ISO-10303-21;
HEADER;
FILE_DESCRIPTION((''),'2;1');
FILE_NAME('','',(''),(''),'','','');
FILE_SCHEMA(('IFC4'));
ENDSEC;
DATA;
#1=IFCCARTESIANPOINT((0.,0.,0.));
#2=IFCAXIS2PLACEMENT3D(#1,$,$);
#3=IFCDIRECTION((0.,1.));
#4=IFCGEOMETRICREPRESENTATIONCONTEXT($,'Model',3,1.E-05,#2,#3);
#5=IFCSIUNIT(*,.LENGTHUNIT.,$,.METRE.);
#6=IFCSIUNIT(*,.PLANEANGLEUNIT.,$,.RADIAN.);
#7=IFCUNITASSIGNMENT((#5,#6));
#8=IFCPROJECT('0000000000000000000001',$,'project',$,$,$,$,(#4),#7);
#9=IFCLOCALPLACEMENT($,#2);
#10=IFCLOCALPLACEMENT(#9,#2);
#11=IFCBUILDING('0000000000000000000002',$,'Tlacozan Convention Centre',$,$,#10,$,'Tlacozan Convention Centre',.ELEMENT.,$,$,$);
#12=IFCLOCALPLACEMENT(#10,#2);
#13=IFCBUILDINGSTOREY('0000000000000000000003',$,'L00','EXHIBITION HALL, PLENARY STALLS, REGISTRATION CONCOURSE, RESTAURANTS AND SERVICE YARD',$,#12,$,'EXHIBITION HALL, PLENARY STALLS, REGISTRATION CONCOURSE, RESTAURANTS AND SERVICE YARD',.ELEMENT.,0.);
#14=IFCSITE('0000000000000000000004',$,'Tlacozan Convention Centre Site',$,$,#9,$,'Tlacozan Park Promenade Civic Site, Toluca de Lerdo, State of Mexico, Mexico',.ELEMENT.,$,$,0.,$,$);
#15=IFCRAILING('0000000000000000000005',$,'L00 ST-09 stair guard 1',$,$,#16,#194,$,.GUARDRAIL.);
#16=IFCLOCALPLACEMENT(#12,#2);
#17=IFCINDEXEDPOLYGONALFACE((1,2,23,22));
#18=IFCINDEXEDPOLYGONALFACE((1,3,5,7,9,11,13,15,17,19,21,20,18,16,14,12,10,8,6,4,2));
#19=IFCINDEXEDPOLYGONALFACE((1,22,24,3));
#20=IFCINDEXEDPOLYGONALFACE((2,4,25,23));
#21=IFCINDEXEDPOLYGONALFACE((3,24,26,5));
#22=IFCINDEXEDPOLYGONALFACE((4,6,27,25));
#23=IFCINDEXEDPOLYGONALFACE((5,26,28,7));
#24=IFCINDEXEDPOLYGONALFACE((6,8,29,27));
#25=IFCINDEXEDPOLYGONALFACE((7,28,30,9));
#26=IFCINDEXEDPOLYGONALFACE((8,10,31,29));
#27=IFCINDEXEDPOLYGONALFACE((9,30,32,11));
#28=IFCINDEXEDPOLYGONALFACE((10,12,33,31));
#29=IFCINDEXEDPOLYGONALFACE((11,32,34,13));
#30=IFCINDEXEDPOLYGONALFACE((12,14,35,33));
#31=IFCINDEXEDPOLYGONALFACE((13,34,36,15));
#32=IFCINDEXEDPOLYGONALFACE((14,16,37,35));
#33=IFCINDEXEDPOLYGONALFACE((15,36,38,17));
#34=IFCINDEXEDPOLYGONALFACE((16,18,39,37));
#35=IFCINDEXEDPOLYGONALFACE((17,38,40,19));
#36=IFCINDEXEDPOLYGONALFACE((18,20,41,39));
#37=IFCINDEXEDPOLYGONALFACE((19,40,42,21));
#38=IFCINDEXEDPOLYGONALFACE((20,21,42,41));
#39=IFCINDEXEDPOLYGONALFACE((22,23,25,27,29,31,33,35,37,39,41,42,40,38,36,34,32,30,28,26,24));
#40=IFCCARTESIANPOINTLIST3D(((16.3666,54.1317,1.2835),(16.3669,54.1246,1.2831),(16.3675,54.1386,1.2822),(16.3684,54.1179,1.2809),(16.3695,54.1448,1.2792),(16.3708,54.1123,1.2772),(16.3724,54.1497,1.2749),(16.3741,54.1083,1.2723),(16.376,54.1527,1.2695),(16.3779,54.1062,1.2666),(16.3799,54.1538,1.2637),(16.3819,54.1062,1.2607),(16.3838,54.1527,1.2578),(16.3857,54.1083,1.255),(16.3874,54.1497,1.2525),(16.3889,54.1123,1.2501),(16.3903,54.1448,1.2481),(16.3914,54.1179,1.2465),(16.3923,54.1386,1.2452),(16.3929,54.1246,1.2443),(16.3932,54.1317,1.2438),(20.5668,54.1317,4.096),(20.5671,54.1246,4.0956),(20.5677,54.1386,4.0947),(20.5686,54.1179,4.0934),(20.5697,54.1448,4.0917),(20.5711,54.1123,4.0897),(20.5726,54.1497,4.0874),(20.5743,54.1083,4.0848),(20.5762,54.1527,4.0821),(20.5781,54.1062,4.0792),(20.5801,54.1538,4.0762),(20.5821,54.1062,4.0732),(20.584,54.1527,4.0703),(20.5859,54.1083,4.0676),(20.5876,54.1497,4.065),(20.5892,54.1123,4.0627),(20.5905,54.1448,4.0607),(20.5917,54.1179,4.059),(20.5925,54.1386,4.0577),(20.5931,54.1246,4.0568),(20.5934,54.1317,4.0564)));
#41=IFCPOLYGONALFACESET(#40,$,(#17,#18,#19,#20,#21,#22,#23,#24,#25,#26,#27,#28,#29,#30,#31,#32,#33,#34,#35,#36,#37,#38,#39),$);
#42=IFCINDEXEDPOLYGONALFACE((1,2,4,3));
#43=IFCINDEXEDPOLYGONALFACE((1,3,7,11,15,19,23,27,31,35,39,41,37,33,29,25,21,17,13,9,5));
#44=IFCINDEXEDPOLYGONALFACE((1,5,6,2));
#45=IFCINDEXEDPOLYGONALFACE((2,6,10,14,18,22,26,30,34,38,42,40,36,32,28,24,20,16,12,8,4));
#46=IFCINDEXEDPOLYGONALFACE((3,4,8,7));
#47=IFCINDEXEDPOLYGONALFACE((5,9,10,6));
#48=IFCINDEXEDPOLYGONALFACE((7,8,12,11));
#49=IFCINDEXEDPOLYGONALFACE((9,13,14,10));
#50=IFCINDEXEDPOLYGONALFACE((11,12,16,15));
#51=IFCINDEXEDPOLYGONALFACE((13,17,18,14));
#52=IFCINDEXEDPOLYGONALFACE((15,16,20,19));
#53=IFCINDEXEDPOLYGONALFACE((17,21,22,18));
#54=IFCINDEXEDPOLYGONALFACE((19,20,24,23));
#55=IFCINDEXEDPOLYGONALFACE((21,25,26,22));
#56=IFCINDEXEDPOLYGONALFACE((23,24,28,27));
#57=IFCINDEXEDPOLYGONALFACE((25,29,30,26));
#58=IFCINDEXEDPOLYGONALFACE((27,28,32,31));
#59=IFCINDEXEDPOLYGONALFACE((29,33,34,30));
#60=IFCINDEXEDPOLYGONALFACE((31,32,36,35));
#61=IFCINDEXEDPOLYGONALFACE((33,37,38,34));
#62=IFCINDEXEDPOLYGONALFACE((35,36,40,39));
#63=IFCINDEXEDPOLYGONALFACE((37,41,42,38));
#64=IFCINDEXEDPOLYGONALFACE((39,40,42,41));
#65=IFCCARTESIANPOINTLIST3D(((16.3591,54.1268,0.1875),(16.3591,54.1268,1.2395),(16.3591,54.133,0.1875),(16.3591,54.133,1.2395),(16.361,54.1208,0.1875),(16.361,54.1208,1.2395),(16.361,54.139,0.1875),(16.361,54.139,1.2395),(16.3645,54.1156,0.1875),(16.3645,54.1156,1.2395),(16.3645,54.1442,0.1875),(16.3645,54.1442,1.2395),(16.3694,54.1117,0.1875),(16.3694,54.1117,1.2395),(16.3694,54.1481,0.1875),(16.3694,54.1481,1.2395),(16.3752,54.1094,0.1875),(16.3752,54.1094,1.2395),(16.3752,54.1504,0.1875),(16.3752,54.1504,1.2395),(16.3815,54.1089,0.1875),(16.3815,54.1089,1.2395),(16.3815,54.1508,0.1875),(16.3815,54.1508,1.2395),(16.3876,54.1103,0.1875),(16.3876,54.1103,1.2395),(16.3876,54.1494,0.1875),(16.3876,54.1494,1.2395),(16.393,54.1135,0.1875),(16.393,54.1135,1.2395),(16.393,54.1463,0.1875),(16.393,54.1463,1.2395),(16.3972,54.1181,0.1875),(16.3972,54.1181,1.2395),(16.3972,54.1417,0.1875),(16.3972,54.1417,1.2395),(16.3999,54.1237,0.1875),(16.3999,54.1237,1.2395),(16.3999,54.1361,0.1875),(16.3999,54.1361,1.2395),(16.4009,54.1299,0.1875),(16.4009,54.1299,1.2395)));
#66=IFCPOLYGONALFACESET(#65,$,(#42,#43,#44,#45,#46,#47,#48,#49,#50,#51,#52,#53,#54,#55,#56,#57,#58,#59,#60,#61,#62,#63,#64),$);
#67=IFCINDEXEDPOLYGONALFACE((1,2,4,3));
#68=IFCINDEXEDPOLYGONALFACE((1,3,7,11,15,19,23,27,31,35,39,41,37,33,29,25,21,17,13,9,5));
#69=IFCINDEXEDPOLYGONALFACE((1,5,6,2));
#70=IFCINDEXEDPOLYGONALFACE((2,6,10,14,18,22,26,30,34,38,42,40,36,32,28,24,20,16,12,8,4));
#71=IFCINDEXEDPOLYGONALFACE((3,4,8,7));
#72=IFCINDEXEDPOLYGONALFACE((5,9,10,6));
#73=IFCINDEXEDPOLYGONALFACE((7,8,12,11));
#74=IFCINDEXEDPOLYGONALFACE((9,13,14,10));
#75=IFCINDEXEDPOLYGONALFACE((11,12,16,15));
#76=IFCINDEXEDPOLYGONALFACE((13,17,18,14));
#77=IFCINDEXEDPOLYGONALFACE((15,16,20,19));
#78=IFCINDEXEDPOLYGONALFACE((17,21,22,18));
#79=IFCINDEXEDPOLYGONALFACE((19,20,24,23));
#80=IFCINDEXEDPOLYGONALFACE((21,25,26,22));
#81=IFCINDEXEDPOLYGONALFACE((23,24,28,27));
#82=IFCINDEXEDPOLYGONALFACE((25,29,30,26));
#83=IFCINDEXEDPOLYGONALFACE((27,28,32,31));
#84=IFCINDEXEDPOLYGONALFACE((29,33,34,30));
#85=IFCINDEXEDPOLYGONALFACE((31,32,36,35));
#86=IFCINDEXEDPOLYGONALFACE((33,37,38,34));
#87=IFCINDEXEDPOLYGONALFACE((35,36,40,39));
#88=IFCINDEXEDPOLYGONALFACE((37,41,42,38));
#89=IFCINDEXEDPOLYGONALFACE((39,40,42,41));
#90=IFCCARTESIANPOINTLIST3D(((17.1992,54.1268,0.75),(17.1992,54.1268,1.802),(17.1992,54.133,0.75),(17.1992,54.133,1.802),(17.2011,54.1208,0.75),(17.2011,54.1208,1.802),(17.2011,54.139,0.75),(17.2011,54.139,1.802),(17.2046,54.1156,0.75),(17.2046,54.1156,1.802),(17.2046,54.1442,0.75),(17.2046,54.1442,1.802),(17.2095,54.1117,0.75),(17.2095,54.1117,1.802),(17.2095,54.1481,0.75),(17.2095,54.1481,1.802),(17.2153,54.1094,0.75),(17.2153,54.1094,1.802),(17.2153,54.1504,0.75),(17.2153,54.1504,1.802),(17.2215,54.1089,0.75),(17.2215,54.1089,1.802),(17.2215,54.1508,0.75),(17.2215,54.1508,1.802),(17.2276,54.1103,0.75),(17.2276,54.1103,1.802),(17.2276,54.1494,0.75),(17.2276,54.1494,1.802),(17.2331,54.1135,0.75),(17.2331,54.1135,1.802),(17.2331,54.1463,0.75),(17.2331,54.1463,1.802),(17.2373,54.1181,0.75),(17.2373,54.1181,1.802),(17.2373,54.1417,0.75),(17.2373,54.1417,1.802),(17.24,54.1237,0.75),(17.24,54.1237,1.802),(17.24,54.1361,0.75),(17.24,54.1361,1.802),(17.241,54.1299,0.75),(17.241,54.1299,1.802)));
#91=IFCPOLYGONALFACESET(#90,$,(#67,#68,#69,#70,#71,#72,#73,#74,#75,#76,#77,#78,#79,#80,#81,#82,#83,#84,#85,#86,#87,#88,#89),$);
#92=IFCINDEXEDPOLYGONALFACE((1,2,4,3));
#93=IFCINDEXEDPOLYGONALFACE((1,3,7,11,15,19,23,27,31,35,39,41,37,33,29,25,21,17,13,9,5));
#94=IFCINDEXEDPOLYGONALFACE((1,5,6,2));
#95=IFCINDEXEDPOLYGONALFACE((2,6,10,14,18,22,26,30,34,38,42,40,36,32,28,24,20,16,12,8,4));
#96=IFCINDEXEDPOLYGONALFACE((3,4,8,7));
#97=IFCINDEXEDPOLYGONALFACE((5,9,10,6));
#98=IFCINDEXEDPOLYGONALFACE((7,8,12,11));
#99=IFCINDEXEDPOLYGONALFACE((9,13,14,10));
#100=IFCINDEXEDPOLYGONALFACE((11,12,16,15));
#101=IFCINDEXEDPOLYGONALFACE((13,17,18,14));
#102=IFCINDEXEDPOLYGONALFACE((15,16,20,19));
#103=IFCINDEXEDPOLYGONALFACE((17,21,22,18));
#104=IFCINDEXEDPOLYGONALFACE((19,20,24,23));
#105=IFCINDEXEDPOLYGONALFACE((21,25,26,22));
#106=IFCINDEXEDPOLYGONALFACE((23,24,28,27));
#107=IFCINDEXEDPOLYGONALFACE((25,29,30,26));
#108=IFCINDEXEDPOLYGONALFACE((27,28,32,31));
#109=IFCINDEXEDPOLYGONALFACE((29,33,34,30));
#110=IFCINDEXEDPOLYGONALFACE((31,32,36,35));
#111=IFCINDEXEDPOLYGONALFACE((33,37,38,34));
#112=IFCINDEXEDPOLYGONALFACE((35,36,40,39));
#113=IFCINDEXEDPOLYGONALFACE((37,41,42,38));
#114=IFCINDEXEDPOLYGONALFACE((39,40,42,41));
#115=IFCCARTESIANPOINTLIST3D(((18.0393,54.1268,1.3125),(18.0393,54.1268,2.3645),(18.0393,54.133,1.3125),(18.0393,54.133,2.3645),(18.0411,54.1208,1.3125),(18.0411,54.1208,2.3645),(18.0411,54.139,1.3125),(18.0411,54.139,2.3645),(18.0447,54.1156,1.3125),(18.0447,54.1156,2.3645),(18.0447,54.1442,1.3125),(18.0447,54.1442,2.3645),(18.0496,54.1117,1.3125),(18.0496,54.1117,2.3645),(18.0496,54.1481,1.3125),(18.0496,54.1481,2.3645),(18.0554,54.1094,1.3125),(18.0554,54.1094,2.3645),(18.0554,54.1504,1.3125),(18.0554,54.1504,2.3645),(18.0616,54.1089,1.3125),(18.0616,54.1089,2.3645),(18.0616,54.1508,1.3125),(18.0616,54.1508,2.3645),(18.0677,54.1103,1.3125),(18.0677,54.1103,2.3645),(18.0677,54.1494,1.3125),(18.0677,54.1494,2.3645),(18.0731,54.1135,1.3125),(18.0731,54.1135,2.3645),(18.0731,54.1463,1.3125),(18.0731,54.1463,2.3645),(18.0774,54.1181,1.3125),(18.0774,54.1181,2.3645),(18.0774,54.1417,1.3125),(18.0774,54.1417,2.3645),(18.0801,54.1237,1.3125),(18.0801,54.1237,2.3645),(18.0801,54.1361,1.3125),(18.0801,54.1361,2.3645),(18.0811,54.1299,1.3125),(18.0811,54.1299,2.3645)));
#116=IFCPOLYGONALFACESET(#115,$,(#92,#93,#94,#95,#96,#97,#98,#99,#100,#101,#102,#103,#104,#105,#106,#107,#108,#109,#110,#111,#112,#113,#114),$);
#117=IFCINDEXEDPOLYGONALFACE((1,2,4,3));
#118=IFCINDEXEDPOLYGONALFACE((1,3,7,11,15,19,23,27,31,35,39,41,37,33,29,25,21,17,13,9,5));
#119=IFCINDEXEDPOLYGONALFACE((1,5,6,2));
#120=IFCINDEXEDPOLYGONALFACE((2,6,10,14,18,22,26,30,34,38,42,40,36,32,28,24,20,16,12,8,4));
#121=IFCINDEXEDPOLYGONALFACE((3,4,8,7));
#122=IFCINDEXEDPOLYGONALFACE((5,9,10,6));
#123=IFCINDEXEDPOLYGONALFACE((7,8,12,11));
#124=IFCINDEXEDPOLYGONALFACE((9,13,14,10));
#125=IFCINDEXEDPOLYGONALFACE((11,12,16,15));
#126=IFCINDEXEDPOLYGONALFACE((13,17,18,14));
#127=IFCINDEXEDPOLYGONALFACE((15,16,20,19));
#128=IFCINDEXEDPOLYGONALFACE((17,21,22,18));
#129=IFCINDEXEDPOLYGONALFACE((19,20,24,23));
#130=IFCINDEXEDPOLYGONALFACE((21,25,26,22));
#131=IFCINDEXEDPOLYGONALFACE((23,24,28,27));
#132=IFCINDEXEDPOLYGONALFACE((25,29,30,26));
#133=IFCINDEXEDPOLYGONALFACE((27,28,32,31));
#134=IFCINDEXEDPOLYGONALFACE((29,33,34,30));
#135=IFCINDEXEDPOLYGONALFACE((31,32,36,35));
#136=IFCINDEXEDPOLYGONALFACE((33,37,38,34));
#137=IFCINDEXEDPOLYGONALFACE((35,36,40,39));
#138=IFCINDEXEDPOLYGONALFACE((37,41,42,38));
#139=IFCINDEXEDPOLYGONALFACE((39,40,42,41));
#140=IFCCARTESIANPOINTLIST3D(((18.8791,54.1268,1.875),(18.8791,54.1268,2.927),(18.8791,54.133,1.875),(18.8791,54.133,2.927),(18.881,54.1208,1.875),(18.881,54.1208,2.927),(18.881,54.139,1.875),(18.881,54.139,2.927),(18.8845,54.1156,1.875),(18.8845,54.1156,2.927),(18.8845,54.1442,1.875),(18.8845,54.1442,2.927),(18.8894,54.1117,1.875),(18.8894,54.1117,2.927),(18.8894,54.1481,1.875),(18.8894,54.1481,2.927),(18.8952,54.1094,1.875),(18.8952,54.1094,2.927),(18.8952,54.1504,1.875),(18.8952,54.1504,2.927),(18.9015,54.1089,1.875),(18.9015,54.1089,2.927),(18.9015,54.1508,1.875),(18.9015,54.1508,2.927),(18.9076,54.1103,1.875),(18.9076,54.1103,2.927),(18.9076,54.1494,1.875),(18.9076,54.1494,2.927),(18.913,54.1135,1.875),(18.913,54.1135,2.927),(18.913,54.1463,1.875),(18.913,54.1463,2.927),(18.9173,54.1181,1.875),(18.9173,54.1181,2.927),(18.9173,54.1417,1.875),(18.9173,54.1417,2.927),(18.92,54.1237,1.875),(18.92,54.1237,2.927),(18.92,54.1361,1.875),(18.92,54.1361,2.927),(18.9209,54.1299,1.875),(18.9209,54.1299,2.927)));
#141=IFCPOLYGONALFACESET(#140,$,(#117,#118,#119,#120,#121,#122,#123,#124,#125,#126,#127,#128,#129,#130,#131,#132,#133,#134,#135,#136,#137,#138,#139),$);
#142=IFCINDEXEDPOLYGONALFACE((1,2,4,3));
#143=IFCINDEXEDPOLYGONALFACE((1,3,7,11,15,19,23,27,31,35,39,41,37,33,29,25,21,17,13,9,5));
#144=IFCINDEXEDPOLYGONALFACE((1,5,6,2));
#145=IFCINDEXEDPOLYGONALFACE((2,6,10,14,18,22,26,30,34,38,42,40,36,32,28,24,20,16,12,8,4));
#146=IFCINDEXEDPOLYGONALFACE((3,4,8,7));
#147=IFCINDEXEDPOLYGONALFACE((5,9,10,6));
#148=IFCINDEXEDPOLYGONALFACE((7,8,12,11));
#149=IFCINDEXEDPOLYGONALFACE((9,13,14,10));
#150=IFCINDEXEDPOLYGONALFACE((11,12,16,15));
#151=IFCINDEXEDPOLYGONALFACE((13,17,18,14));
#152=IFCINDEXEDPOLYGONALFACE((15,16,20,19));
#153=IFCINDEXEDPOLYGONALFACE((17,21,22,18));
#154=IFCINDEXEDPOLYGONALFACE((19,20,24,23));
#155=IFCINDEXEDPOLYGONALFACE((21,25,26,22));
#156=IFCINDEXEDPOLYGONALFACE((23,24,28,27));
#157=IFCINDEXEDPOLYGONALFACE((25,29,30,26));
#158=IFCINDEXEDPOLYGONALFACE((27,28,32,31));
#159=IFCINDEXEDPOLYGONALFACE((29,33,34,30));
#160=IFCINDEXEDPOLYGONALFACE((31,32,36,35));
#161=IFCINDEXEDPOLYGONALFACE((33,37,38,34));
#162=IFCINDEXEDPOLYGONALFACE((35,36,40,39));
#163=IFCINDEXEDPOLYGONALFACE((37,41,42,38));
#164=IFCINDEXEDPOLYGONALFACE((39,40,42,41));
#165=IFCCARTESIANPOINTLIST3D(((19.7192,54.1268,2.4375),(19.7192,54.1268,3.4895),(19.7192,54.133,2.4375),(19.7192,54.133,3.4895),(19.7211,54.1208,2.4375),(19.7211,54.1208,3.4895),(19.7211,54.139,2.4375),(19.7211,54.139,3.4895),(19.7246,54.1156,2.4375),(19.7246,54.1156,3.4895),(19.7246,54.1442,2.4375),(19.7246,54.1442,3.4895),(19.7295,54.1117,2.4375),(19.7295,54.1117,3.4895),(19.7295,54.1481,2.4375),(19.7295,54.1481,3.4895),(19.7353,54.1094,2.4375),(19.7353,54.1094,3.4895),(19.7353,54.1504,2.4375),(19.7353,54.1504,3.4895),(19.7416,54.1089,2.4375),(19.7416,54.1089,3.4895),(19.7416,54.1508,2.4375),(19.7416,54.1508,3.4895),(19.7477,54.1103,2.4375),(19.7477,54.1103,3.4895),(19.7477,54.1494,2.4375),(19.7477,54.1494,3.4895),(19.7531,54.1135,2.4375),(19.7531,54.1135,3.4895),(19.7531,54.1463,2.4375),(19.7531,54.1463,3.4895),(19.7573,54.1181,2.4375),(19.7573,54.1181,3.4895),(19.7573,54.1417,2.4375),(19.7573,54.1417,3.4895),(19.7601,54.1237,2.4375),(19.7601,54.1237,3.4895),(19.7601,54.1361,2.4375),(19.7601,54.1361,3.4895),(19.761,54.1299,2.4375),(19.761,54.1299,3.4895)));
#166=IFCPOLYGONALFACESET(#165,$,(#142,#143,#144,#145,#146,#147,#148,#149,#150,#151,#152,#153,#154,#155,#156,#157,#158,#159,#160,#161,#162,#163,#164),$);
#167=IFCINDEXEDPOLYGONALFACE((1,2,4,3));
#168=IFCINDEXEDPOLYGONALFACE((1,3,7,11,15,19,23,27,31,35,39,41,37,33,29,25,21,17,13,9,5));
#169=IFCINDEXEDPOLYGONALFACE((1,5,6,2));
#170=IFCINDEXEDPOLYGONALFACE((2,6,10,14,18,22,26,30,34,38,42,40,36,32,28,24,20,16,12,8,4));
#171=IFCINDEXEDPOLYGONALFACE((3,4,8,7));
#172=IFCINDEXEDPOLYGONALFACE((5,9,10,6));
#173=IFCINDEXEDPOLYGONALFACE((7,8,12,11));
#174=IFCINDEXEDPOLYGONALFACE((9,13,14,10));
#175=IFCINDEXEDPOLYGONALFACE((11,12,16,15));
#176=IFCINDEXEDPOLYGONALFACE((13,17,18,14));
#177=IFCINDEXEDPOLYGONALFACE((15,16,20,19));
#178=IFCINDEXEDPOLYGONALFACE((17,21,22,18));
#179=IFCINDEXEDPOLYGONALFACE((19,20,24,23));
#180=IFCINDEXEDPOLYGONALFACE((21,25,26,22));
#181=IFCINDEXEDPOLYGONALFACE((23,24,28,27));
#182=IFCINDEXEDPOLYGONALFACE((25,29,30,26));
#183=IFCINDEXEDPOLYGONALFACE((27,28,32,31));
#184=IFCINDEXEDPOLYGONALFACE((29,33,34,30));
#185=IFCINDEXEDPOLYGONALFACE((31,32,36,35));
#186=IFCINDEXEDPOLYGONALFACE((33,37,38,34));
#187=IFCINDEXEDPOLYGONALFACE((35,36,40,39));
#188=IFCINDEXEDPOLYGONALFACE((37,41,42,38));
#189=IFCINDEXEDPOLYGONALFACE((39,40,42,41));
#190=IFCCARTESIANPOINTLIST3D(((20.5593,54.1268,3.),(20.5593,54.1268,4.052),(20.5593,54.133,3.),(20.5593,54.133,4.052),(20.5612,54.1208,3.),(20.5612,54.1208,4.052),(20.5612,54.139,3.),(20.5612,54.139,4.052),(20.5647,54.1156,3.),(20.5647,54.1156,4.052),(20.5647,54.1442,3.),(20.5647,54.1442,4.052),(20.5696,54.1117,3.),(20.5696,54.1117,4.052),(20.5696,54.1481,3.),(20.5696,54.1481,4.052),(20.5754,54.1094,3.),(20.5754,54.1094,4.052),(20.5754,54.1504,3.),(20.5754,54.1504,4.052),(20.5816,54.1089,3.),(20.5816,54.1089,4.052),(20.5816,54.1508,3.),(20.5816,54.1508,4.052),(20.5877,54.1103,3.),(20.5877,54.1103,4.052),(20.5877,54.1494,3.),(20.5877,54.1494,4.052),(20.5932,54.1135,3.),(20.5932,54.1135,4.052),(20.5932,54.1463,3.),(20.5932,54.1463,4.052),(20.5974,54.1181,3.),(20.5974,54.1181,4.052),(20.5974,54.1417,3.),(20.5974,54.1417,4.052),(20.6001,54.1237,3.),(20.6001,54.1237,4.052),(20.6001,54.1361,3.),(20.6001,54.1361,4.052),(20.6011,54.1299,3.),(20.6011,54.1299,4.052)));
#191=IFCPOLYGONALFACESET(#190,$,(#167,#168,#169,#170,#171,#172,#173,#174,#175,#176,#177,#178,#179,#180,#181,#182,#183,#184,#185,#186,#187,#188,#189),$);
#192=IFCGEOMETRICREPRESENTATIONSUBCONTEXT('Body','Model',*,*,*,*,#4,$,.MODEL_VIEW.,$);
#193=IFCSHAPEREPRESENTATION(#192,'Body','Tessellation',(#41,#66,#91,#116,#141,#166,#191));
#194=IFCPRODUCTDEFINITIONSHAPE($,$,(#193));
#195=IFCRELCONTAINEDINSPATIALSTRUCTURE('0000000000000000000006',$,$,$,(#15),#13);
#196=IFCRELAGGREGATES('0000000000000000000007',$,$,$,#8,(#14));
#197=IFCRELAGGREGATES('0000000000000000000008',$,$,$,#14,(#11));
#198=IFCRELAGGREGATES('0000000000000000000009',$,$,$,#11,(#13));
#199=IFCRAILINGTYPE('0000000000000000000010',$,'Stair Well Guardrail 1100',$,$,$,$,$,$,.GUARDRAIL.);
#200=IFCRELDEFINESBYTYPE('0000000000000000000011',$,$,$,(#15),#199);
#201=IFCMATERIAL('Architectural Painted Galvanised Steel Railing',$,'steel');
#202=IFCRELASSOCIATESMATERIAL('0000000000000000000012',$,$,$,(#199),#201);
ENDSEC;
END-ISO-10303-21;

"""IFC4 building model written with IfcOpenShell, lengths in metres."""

from ifc_helpers import new_model, si_unit, direction, frame, origin, origin_2d, place, context, subcontext, project, spatial, circle, extrude, material, type_object, element, save


model = new_model("IFC4")

# Units and contexts
model_context = context("Model", 3, precision=1e-05, world=origin(), true_north=direction((0.0, 1.0)))
body_context = subcontext(model_context, "Body", "Model", "MODEL_VIEW")
ifc_project = project(units=[si_unit("LENGTHUNIT", "METRE"), si_unit("PLANEANGLEUNIT", "RADIAN")], contexts=[model_context])

# Site, building, storey
site_placement = place(None, origin())
site = spatial("IfcSite", under=ifc_project, at=site_placement, Name="Tlacozan Convention Centre Site", LongName="Tlacozan Park Promenade Civic Site, Toluca de Lerdo, State of Mexico, Mexico", CompositionType="ELEMENT", RefElevation=0.0)
building_placement = place(site_placement, origin())
building = spatial("IfcBuilding", under=site, at=building_placement, Name="Tlacozan Convention Centre", LongName="Tlacozan Convention Centre", CompositionType="ELEMENT")
storey_placement = place(building_placement, origin())
storey = spatial("IfcBuildingStorey", under=building, at=storey_placement, Name="L00", Description="EXHIBITION HALL, PLENARY STALLS, REGISTRATION CONCOURSE, RESTAURANTS AND SERVICE YARD", LongName="EXHIBITION HALL, PLENARY STALLS, REGISTRATION CONCOURSE, RESTAURANTS AND SERVICE YARD", CompositionType="ELEMENT", Elevation=0.0)

# Railing
ifc_material_1 = material(Name="Architectural Painted Galvanised Steel Railing", Category="steel")
railing_type_1 = type_object("IfcRailingType", Name="Stair Well Guardrail 1100", PredefinedType="GUARDRAIL", material=ifc_material_1)
railing_1_placement = place(storey_placement, frame((16.3799, 54.1299, 0.1875)))
element("IfcRailing", 1, at=railing_1_placement, inside=storey, type_object=railing_type_1, Name="L00 ST-09 stair guard 1", PredefinedType="GUARDRAIL", context=body_context, shape_type="SweptSolid", body=[
    extrude(circle(Radius=0.0239, at=origin_2d()), frame((0.0, 0.0, 1.0762), z_axis=(0.830919, 0.0, 0.556393), x_axis=(0.0, 1.0, 0.0)), (0.0, 0.0, 1.0), 5.0549),
    extrude(circle(Radius=0.021, at=origin_2d()), origin(), (0.0, 0.0, 1.0), 1.052),
    extrude(circle(Radius=0.021, at=origin_2d()), frame((0.8401, 0.0, 0.5625)), (0.0, 0.0, 1.0), 1.052),
    extrude(circle(Radius=0.021, at=origin_2d()), frame((1.6802, 0.0, 1.125)), (0.0, 0.0, 1.0), 1.052),
    extrude(circle(Radius=0.021, at=origin_2d()), frame((2.52, 0.0, 1.6875)), (0.0, 0.0, 1.0), 1.052),
    extrude(circle(Radius=0.021, at=origin_2d()), frame((3.3601, 0.0, 2.25)), (0.0, 0.0, 1.0), 1.052),
    extrude(circle(Radius=0.021, at=origin_2d()), frame((4.2002, 0.0, 2.8125)), (0.0, 0.0, 1.0), 1.052),
])

save(model, "model.ifc")
